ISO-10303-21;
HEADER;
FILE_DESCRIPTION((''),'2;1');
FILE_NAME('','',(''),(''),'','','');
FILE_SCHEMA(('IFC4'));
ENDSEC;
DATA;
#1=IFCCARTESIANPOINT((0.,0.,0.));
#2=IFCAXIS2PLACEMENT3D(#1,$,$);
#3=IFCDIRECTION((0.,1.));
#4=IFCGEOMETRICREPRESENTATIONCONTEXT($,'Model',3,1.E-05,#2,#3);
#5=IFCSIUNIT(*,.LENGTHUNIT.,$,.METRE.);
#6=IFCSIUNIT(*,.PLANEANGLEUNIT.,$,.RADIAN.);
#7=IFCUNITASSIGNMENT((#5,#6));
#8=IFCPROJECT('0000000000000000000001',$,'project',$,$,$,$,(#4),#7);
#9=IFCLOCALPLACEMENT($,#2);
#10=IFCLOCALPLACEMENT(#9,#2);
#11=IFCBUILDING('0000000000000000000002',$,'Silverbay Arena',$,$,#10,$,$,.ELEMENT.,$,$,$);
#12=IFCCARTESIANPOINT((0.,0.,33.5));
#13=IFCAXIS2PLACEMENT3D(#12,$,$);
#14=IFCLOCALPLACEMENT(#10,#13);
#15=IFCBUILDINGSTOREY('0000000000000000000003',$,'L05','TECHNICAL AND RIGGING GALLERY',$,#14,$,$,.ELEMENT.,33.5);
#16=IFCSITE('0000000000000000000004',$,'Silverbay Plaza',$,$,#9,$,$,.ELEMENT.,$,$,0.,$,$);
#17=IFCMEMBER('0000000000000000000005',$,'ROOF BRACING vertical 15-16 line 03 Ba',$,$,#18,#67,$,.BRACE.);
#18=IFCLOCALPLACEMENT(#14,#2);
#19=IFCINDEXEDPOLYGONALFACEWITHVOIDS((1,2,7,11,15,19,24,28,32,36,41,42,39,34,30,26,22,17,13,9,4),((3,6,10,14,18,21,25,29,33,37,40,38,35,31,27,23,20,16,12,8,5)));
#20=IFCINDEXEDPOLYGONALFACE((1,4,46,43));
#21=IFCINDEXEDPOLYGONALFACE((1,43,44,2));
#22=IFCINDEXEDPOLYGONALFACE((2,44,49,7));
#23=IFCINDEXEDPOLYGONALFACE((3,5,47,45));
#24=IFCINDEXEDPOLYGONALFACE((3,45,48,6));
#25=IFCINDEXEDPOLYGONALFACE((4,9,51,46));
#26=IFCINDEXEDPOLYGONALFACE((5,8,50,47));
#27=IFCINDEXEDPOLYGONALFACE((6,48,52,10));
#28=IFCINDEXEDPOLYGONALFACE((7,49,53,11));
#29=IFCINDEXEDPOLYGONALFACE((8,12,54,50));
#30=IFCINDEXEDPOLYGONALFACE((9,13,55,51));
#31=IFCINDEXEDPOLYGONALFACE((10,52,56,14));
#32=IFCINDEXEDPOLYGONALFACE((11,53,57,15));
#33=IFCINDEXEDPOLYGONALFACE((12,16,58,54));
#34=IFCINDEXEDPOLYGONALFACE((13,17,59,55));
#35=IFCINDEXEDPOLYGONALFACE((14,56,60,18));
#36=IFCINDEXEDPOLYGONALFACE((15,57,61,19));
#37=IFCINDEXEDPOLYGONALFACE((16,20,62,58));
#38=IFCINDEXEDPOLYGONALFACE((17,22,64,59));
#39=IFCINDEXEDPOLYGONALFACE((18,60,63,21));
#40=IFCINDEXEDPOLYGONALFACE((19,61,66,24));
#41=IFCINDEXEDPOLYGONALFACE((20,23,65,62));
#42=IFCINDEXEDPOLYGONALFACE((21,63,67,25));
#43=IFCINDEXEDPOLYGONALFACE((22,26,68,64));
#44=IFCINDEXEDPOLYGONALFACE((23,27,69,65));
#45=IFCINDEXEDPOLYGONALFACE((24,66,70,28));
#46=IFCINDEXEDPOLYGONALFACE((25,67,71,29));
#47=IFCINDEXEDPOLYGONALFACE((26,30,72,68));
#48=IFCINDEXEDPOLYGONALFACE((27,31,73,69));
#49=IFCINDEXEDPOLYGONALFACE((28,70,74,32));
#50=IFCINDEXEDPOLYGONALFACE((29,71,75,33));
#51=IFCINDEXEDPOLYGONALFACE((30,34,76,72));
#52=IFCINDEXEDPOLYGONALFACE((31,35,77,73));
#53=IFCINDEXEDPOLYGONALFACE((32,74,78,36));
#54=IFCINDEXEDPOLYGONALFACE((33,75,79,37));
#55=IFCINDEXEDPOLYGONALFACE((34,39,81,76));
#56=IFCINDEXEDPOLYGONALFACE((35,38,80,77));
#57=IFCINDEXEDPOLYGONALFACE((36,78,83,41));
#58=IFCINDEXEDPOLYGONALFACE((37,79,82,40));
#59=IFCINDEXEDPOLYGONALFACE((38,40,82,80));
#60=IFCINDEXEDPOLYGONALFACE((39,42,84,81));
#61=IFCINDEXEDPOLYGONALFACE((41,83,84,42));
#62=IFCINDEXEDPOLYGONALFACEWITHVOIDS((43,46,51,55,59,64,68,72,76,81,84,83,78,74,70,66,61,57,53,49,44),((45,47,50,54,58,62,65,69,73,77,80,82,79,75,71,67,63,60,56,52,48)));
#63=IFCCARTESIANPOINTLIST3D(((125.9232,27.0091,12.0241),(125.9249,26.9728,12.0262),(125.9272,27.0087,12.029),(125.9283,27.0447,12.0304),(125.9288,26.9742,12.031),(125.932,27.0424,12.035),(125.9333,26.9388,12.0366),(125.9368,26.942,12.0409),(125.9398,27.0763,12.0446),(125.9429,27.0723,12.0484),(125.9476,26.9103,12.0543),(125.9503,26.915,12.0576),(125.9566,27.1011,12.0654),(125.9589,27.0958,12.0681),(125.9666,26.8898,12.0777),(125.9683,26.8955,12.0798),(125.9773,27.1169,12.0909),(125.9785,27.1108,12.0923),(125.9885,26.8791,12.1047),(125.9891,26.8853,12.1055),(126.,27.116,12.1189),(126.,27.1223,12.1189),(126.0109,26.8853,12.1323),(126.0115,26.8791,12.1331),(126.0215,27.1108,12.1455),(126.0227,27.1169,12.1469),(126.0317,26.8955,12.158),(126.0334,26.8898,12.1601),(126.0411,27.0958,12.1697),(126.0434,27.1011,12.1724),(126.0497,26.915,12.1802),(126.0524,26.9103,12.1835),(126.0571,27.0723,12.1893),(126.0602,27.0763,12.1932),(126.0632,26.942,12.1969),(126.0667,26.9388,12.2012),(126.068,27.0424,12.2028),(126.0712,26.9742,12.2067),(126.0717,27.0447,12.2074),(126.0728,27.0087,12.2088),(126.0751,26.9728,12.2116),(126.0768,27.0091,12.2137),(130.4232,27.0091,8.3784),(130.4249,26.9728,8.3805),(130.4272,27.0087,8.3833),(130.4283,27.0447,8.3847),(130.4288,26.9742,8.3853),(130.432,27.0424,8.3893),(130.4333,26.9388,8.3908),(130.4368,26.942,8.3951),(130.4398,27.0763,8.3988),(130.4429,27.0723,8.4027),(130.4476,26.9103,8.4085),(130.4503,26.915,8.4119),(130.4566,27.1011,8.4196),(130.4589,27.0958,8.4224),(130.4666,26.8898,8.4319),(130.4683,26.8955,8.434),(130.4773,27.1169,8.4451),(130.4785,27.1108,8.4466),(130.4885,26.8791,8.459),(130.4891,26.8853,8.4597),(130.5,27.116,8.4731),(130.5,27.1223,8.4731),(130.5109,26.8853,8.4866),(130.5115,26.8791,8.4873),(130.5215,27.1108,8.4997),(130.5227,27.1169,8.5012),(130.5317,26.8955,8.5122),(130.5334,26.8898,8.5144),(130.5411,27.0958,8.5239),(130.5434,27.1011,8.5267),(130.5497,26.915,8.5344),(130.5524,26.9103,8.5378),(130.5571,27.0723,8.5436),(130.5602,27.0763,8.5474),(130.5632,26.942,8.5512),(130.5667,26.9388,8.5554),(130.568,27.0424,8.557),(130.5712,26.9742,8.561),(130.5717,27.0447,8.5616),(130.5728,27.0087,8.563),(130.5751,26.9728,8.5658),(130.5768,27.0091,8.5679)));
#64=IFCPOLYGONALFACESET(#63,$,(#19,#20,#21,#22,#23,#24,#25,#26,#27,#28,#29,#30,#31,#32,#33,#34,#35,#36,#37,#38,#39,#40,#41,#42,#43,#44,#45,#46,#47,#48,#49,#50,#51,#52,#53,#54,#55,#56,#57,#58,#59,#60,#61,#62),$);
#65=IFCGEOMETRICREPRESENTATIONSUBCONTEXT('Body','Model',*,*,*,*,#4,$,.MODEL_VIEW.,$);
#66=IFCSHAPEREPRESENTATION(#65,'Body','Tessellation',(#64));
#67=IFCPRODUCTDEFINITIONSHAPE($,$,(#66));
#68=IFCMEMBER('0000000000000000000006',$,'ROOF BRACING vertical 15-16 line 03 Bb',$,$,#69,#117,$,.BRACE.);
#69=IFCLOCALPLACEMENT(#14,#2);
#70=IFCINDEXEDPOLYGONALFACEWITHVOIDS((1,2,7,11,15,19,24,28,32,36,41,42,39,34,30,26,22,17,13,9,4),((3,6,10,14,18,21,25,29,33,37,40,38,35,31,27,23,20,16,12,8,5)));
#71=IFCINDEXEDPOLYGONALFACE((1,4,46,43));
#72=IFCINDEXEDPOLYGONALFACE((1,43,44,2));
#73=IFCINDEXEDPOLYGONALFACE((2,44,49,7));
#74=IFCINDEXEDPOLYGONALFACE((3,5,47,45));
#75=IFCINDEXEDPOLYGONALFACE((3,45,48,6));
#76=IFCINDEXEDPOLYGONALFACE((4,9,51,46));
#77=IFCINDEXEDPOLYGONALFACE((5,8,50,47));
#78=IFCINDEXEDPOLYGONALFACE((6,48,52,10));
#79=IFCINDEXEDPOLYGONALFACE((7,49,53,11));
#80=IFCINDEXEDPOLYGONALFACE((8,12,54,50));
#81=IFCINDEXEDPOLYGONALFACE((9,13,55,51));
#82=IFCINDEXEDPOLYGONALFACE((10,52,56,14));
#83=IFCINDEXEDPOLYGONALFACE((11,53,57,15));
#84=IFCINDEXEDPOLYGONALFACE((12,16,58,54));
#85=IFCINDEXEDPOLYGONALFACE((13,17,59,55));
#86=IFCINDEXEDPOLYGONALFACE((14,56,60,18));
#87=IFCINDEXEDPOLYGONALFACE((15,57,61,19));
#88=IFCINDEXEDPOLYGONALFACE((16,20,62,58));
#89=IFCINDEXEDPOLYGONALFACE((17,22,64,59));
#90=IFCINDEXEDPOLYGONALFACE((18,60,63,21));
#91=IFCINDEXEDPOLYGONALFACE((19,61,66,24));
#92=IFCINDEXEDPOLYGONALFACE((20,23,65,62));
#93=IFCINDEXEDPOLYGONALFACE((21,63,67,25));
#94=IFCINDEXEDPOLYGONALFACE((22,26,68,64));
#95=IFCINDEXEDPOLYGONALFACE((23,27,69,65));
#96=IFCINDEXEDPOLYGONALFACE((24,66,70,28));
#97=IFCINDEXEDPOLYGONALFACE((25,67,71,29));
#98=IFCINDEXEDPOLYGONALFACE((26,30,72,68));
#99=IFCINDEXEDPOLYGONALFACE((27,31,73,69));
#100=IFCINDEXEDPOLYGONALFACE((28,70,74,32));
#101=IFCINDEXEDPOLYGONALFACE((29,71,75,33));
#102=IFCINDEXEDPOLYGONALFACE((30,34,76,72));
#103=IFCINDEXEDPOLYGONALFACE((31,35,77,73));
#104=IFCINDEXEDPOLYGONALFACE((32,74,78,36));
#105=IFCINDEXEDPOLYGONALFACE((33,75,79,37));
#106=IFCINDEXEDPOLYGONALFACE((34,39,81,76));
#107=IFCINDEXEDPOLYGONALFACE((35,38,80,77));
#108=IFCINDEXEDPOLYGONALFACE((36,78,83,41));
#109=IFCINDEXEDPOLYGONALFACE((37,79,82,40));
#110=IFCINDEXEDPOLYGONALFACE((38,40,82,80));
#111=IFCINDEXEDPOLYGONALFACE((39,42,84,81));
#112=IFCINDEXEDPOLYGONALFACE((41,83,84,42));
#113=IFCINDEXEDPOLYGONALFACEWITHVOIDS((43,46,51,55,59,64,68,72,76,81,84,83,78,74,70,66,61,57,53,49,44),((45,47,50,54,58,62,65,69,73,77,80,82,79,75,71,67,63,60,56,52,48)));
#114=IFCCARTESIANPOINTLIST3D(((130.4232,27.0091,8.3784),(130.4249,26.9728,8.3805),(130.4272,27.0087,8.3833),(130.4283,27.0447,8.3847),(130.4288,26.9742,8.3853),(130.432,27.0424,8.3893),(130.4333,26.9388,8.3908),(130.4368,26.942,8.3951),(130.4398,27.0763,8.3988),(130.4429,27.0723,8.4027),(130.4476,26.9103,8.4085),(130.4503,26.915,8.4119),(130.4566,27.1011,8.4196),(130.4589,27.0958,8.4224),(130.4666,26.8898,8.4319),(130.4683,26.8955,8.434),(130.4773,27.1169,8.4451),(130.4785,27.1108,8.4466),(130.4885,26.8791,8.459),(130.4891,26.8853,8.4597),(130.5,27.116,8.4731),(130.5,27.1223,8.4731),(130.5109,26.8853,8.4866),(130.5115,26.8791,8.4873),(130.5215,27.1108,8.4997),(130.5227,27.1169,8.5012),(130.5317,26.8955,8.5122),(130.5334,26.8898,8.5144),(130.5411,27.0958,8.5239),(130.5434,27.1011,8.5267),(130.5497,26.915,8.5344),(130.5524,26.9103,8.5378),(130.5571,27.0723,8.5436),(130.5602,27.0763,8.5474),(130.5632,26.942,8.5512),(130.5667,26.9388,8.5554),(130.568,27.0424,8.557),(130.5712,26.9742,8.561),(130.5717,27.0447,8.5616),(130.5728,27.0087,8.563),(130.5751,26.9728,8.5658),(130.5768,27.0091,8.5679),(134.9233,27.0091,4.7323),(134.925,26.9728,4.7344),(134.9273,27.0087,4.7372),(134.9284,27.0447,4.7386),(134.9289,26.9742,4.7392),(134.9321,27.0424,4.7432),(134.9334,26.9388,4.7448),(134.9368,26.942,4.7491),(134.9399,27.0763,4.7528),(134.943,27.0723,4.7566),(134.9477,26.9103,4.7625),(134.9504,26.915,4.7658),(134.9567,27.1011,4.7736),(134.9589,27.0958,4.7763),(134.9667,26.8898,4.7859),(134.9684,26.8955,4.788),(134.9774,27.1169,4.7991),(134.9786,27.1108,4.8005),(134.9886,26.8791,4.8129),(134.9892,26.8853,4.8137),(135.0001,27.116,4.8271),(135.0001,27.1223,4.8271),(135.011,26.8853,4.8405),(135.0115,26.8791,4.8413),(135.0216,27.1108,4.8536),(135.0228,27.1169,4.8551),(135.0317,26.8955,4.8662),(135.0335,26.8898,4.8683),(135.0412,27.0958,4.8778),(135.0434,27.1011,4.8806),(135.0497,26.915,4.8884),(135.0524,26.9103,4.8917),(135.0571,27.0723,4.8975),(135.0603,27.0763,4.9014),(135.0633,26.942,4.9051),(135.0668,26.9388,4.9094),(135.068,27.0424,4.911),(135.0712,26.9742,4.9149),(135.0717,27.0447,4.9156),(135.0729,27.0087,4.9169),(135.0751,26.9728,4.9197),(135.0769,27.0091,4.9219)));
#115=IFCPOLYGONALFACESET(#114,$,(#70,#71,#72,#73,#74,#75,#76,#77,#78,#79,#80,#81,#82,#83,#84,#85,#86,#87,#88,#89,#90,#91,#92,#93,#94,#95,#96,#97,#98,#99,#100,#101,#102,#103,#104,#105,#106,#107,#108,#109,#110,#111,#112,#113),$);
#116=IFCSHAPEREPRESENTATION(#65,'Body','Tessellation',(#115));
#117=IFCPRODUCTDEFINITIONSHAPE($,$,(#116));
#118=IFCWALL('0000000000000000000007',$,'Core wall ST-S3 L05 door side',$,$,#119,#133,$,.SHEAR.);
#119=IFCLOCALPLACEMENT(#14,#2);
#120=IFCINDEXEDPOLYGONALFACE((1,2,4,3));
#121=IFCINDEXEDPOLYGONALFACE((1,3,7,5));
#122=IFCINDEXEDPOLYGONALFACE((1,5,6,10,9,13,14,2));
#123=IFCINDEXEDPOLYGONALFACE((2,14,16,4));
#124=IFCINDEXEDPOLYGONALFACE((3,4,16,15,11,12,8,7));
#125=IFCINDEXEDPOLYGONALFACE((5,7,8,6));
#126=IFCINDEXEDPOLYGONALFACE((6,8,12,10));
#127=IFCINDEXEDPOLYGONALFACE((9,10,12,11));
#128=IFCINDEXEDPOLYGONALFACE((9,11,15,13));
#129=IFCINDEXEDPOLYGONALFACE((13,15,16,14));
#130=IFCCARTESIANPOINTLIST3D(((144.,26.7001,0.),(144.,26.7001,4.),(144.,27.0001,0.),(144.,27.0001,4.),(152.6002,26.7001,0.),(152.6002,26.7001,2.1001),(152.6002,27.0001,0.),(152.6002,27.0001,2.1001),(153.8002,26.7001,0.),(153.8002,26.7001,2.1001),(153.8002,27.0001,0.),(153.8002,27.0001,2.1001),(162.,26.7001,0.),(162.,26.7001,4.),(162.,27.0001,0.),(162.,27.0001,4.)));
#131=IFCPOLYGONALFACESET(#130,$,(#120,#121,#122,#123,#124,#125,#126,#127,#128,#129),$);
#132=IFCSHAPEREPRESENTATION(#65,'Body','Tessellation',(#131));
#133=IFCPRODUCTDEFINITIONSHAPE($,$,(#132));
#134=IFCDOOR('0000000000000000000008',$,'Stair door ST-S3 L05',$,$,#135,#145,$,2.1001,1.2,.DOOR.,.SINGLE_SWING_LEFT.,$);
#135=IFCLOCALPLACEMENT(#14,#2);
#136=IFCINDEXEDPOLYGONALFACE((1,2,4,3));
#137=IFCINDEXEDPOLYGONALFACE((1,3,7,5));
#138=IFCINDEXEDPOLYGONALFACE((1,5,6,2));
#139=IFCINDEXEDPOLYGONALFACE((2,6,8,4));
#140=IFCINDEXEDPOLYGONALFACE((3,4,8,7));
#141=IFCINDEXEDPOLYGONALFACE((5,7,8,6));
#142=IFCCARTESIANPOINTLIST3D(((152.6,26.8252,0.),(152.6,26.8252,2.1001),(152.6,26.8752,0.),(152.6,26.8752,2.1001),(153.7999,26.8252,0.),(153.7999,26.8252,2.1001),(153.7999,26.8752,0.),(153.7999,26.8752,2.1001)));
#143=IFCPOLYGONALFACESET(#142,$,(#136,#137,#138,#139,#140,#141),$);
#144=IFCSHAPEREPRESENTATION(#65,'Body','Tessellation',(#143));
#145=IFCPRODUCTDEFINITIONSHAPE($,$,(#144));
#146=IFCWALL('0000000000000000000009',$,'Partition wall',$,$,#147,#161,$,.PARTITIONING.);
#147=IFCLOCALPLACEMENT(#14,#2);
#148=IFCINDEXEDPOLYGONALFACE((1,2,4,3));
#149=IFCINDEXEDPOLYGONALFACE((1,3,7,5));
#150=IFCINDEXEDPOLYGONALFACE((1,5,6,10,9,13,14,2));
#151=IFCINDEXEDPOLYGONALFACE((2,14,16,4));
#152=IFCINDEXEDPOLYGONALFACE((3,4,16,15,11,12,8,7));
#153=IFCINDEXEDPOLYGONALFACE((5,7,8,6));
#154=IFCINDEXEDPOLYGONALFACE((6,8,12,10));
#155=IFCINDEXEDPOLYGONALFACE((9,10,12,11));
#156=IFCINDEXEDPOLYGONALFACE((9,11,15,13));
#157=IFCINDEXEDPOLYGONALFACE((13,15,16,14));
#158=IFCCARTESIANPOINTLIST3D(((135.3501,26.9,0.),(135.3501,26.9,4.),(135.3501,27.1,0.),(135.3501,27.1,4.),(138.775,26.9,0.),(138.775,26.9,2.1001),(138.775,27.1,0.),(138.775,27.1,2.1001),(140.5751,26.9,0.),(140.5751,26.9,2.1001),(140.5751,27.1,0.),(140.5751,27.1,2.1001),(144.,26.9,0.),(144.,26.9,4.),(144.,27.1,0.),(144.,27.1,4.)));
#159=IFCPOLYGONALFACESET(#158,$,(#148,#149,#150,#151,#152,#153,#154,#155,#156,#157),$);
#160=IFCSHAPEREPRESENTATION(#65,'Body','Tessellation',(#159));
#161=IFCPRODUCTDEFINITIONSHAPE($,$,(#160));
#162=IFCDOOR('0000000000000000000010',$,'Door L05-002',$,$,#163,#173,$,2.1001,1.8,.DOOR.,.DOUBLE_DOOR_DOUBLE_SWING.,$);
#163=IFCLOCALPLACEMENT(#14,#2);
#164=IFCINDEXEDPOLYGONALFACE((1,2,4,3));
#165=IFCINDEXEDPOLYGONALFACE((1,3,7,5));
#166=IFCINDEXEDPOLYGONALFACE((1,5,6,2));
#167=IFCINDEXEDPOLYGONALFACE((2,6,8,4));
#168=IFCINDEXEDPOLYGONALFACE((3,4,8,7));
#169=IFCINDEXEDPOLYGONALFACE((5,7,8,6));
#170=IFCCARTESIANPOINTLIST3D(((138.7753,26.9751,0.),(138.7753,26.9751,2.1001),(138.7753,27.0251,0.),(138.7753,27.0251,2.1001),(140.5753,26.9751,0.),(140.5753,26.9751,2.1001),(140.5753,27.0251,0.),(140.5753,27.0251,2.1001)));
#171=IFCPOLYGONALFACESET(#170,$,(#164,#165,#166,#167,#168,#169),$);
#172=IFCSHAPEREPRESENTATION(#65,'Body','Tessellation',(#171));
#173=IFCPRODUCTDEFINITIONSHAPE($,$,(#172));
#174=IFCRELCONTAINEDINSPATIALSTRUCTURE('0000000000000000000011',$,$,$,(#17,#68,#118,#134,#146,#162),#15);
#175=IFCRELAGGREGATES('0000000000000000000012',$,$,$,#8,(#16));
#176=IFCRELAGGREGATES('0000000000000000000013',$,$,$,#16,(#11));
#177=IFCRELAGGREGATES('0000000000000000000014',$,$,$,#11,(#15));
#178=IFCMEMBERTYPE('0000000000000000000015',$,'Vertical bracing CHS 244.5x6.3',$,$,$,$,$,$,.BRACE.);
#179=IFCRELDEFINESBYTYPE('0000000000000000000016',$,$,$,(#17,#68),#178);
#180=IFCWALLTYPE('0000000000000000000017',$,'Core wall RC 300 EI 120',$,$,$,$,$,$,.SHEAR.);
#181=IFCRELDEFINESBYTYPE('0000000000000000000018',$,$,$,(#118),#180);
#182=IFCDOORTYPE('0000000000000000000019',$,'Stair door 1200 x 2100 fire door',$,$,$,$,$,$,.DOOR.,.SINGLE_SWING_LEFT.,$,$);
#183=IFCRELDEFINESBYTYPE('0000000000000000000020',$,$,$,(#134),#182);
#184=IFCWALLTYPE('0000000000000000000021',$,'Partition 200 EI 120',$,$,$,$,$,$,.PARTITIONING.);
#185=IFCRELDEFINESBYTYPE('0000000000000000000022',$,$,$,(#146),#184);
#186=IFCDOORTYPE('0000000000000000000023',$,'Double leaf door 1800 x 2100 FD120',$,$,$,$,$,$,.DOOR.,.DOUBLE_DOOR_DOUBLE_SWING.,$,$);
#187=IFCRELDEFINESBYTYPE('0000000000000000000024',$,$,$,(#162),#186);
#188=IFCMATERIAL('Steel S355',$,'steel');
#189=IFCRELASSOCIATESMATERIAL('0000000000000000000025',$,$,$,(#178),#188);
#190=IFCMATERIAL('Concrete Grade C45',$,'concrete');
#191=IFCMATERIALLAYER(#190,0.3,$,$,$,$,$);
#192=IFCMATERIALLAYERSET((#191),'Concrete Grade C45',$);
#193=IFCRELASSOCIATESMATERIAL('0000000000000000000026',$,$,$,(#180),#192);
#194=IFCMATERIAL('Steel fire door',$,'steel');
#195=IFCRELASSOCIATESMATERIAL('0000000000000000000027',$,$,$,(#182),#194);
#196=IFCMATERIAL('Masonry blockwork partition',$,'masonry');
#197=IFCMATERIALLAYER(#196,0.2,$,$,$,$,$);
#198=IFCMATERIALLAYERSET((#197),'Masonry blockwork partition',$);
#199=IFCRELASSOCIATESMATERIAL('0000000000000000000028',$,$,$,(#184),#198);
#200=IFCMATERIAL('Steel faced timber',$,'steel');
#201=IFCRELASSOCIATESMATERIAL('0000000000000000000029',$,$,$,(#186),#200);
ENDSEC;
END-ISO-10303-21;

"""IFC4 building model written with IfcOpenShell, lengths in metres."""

from ifc_helpers import new_model, si_unit, direction, frame, frame_2d, origin, origin_2d, place, context, subcontext, project, spatial, rectangle, hollow_circle, extrude, material, layer, layer_set, material_profile, profile_set, type_object, element, fill, save


model = new_model("IFC4")

# Units and contexts
model_context = context("Model", 3, precision=1e-05, world=origin(), true_north=direction((0.0, 1.0)))
body_context = subcontext(model_context, "Body", "Model", "MODEL_VIEW")
ifc_project = project(units=[si_unit("LENGTHUNIT", "METRE"), si_unit("PLANEANGLEUNIT", "RADIAN")], contexts=[model_context])

# Site, building, storey
site_placement = place(None, origin())
site = spatial("IfcSite", under=ifc_project, at=site_placement, Name="Silverbay Plaza", CompositionType="ELEMENT", RefElevation=0.0)
building_placement = place(site_placement, origin())
building = spatial("IfcBuilding", under=site, at=building_placement, Name="Silverbay Arena", CompositionType="ELEMENT")
storey_placement = place(building_placement, frame((0.0, 0.0, 33.5)))
storey = spatial("IfcBuildingStorey", under=building, at=storey_placement, Name="L05", Description="TECHNICAL AND RIGGING GALLERY", CompositionType="ELEMENT", Elevation=33.5)

# Members
ifc_material_1 = material(Name="Steel S355", Category="steel")
ifc_material_profile_1 = material_profile(ifc_material_1, hollow_circle(Radius=0.1223, WallThickness=0.0063, at=origin_2d()), Name="CHS 244.5x6.3")
ifc_profile_set_1 = profile_set([ifc_material_profile_1], Name="Steel S355")
member_type_1 = type_object("IfcMemberType", Name="Vertical bracing CHS 244.5x6.3", PredefinedType="BRACE", material=ifc_profile_set_1)
for number, where, z_axis, x_axis, name in (
    (1, (126.0, 27.0, 12.1189), (0.777, 0.0, -0.6295), (0.0, 1.0, 0.0), "ROOF BRACING vertical 15-16 line 03 Ba"),
):
    element("IfcMember", number, at=place(storey_placement, frame(where, z_axis=z_axis, x_axis=x_axis)), inside=storey, type_object=member_type_1, Name=name, PredefinedType="BRACE", context=body_context, shape_type="SweptSolid", body=[
        extrude(hollow_circle(Radius=0.1223, WallThickness=0.0063, at=origin_2d()), origin(), (0.0, 0.0, 1.0), 5.7915),
    ])
member_1_placement = place(storey_placement, frame((130.5, 27.0, 8.4731), z_axis=(0.77698, 0.0, -0.629526), x_axis=(0.0, 1.0, 0.0)))
element("IfcMember", 2, at=member_1_placement, inside=storey, type_object=member_type_1, Name="ROOF BRACING vertical 15-16 line 03 Bb", PredefinedType="BRACE", context=body_context, shape_type="SweptSolid", body=[
    extrude(hollow_circle(Radius=0.1223, WallThickness=0.0063, at=origin_2d()), origin(), (0.0, 0.0, 1.0), 5.7917),
])

# Walls, openings, doors
ifc_material_2 = material(Name="Concrete Grade C45", Category="concrete")
ifc_layer_1 = layer(ifc_material_2, 0.3)
ifc_layer_set_1 = layer_set([ifc_layer_1], Name="Concrete Grade C45")
wall_type_1 = type_object("IfcWallType", Name="Core wall RC 300 EI 120", PredefinedType="SHEAR", material=ifc_layer_set_1)
wall_1_placement = place(storey_placement, frame((144.0, 26.8501, 0.0), z_axis=(0.0, 0.0, 1.0), x_axis=(1.0, 0.0, 0.0)))
wall_1 = element("IfcWall", 3, at=wall_1_placement, inside=storey, type_object=wall_type_1, Name="Core wall ST-S3 L05 door side", PredefinedType="SHEAR", context=body_context, shape_type="SweptSolid", body=[
    extrude(rectangle(XDim=18.0, YDim=0.3, at=frame_2d((9.0, 0.0))), origin(), (0.0, 0.0, 1.0), 4.0),
])
opening_1_placement = place(wall_1_placement, frame((8.6001, 0.0, 0.0)))
opening_1 = element("IfcOpeningElement", 4, at=opening_1_placement, cuts=wall_1, PredefinedType="OPENING", context=body_context, shape_type="SweptSolid", body=[
    extrude(rectangle(XDim=1.2, YDim=2.1001, at=frame_2d((0.6001, 1.05))), frame((0.0, 0.1602, 0.0), z_axis=(0.0, -1.0, 0.0), x_axis=(1.0, 0.0, 0.0)), (0.0, 0.0, 1.0), 0.3201),
])
ifc_material_3 = material(Name="Steel fire door", Category="steel")
door_type_1 = type_object("IfcDoorType", Name="Stair door 1200 x 2100 fire door", OperationType="SINGLE_SWING_LEFT", PredefinedType="DOOR", material=ifc_material_3)
door_1_placement = place(opening_1_placement, frame((1.2, 0.0, 0.0), z_axis=(0.0, 0.0, 1.0), x_axis=(-1.0, 0.0, 0.0)))
door_1 = element("IfcDoor", 5, at=door_1_placement, inside=storey, type_object=door_type_1, Name="Stair door ST-S3 L05", OperationType="SINGLE_SWING_LEFT", OverallHeight=2.1001, OverallWidth=1.2, PredefinedType="DOOR", context=body_context, shape_type="SweptSolid", body=[
    extrude(rectangle(XDim=1.2, YDim=2.1001, at=frame_2d((0.6001, 1.05))), frame((0.0, 0.0249, 0.0), z_axis=(0.0, -1.0, 0.0), x_axis=(1.0, 0.0, 0.0)), (0.0, 0.0, 1.0), 0.05),
])
fill(opening_1, door_1)
ifc_material_4 = material(Name="Masonry blockwork partition", Category="masonry")
ifc_layer_2 = layer(ifc_material_4, 0.2)
ifc_layer_set_2 = layer_set([ifc_layer_2], Name="Masonry blockwork partition")
wall_type_2 = type_object("IfcWallType", Name="Partition 200 EI 120", PredefinedType="PARTITIONING", material=ifc_layer_set_2)
wall_2_placement = place(storey_placement, frame((135.3501, 27.0, 0.0), z_axis=(0.0, 0.0, 1.0), x_axis=(1.0, 0.0, 0.0)))
wall_2 = element("IfcWall", 6, at=wall_2_placement, inside=storey, type_object=wall_type_2, Name="Partition wall", PredefinedType="PARTITIONING", context=body_context, shape_type="SweptSolid", body=[
    extrude(rectangle(XDim=8.6499, YDim=0.2, at=frame_2d((4.325, 0.0))), origin(), (0.0, 0.0, 1.0), 4.0),
])
opening_2_placement = place(wall_2_placement, frame((3.425, 0.0, 0.0)))
opening_2 = element("IfcOpeningElement", 7, at=opening_2_placement, cuts=wall_2, PredefinedType="OPENING", context=body_context, shape_type="SweptSolid", body=[
    extrude(rectangle(XDim=1.8, YDim=2.1001, at=frame_2d((0.8999, 1.05))), frame((0.0, 0.1099, 0.0), z_axis=(0.0, -1.0, 0.0), x_axis=(1.0, 0.0, 0.0)), (0.0, 0.0, 1.0), 0.22),
])
ifc_material_5 = material(Name="Steel faced timber", Category="steel")
door_type_2 = type_object("IfcDoorType", Name="Double leaf door 1800 x 2100 FD120", OperationType="DOUBLE_DOOR_DOUBLE_SWING", PredefinedType="DOOR", material=ifc_material_5)
door_2_placement = place(opening_2_placement, frame((1.8, 0.0, 0.0), z_axis=(0.0, 0.0, 1.0), x_axis=(-1.0, 0.0, 0.0)))
door_2 = element("IfcDoor", 8, at=door_2_placement, inside=storey, type_object=door_type_2, Name="Door L05-002", OperationType="DOUBLE_DOOR_DOUBLE_SWING", OverallHeight=2.1001, OverallWidth=1.8, PredefinedType="DOOR", context=body_context, shape_type="SweptSolid", body=[
    extrude(rectangle(XDim=1.8, YDim=2.1001, at=frame_2d((0.8999, 1.05))), frame((0.0, 0.0249, 0.0), z_axis=(0.0, -1.0, 0.0), x_axis=(1.0, 0.0, 0.0)), (0.0, 0.0, 1.0), 0.05),
])
fill(opening_2, door_2)

save(model, "model.ifc")
